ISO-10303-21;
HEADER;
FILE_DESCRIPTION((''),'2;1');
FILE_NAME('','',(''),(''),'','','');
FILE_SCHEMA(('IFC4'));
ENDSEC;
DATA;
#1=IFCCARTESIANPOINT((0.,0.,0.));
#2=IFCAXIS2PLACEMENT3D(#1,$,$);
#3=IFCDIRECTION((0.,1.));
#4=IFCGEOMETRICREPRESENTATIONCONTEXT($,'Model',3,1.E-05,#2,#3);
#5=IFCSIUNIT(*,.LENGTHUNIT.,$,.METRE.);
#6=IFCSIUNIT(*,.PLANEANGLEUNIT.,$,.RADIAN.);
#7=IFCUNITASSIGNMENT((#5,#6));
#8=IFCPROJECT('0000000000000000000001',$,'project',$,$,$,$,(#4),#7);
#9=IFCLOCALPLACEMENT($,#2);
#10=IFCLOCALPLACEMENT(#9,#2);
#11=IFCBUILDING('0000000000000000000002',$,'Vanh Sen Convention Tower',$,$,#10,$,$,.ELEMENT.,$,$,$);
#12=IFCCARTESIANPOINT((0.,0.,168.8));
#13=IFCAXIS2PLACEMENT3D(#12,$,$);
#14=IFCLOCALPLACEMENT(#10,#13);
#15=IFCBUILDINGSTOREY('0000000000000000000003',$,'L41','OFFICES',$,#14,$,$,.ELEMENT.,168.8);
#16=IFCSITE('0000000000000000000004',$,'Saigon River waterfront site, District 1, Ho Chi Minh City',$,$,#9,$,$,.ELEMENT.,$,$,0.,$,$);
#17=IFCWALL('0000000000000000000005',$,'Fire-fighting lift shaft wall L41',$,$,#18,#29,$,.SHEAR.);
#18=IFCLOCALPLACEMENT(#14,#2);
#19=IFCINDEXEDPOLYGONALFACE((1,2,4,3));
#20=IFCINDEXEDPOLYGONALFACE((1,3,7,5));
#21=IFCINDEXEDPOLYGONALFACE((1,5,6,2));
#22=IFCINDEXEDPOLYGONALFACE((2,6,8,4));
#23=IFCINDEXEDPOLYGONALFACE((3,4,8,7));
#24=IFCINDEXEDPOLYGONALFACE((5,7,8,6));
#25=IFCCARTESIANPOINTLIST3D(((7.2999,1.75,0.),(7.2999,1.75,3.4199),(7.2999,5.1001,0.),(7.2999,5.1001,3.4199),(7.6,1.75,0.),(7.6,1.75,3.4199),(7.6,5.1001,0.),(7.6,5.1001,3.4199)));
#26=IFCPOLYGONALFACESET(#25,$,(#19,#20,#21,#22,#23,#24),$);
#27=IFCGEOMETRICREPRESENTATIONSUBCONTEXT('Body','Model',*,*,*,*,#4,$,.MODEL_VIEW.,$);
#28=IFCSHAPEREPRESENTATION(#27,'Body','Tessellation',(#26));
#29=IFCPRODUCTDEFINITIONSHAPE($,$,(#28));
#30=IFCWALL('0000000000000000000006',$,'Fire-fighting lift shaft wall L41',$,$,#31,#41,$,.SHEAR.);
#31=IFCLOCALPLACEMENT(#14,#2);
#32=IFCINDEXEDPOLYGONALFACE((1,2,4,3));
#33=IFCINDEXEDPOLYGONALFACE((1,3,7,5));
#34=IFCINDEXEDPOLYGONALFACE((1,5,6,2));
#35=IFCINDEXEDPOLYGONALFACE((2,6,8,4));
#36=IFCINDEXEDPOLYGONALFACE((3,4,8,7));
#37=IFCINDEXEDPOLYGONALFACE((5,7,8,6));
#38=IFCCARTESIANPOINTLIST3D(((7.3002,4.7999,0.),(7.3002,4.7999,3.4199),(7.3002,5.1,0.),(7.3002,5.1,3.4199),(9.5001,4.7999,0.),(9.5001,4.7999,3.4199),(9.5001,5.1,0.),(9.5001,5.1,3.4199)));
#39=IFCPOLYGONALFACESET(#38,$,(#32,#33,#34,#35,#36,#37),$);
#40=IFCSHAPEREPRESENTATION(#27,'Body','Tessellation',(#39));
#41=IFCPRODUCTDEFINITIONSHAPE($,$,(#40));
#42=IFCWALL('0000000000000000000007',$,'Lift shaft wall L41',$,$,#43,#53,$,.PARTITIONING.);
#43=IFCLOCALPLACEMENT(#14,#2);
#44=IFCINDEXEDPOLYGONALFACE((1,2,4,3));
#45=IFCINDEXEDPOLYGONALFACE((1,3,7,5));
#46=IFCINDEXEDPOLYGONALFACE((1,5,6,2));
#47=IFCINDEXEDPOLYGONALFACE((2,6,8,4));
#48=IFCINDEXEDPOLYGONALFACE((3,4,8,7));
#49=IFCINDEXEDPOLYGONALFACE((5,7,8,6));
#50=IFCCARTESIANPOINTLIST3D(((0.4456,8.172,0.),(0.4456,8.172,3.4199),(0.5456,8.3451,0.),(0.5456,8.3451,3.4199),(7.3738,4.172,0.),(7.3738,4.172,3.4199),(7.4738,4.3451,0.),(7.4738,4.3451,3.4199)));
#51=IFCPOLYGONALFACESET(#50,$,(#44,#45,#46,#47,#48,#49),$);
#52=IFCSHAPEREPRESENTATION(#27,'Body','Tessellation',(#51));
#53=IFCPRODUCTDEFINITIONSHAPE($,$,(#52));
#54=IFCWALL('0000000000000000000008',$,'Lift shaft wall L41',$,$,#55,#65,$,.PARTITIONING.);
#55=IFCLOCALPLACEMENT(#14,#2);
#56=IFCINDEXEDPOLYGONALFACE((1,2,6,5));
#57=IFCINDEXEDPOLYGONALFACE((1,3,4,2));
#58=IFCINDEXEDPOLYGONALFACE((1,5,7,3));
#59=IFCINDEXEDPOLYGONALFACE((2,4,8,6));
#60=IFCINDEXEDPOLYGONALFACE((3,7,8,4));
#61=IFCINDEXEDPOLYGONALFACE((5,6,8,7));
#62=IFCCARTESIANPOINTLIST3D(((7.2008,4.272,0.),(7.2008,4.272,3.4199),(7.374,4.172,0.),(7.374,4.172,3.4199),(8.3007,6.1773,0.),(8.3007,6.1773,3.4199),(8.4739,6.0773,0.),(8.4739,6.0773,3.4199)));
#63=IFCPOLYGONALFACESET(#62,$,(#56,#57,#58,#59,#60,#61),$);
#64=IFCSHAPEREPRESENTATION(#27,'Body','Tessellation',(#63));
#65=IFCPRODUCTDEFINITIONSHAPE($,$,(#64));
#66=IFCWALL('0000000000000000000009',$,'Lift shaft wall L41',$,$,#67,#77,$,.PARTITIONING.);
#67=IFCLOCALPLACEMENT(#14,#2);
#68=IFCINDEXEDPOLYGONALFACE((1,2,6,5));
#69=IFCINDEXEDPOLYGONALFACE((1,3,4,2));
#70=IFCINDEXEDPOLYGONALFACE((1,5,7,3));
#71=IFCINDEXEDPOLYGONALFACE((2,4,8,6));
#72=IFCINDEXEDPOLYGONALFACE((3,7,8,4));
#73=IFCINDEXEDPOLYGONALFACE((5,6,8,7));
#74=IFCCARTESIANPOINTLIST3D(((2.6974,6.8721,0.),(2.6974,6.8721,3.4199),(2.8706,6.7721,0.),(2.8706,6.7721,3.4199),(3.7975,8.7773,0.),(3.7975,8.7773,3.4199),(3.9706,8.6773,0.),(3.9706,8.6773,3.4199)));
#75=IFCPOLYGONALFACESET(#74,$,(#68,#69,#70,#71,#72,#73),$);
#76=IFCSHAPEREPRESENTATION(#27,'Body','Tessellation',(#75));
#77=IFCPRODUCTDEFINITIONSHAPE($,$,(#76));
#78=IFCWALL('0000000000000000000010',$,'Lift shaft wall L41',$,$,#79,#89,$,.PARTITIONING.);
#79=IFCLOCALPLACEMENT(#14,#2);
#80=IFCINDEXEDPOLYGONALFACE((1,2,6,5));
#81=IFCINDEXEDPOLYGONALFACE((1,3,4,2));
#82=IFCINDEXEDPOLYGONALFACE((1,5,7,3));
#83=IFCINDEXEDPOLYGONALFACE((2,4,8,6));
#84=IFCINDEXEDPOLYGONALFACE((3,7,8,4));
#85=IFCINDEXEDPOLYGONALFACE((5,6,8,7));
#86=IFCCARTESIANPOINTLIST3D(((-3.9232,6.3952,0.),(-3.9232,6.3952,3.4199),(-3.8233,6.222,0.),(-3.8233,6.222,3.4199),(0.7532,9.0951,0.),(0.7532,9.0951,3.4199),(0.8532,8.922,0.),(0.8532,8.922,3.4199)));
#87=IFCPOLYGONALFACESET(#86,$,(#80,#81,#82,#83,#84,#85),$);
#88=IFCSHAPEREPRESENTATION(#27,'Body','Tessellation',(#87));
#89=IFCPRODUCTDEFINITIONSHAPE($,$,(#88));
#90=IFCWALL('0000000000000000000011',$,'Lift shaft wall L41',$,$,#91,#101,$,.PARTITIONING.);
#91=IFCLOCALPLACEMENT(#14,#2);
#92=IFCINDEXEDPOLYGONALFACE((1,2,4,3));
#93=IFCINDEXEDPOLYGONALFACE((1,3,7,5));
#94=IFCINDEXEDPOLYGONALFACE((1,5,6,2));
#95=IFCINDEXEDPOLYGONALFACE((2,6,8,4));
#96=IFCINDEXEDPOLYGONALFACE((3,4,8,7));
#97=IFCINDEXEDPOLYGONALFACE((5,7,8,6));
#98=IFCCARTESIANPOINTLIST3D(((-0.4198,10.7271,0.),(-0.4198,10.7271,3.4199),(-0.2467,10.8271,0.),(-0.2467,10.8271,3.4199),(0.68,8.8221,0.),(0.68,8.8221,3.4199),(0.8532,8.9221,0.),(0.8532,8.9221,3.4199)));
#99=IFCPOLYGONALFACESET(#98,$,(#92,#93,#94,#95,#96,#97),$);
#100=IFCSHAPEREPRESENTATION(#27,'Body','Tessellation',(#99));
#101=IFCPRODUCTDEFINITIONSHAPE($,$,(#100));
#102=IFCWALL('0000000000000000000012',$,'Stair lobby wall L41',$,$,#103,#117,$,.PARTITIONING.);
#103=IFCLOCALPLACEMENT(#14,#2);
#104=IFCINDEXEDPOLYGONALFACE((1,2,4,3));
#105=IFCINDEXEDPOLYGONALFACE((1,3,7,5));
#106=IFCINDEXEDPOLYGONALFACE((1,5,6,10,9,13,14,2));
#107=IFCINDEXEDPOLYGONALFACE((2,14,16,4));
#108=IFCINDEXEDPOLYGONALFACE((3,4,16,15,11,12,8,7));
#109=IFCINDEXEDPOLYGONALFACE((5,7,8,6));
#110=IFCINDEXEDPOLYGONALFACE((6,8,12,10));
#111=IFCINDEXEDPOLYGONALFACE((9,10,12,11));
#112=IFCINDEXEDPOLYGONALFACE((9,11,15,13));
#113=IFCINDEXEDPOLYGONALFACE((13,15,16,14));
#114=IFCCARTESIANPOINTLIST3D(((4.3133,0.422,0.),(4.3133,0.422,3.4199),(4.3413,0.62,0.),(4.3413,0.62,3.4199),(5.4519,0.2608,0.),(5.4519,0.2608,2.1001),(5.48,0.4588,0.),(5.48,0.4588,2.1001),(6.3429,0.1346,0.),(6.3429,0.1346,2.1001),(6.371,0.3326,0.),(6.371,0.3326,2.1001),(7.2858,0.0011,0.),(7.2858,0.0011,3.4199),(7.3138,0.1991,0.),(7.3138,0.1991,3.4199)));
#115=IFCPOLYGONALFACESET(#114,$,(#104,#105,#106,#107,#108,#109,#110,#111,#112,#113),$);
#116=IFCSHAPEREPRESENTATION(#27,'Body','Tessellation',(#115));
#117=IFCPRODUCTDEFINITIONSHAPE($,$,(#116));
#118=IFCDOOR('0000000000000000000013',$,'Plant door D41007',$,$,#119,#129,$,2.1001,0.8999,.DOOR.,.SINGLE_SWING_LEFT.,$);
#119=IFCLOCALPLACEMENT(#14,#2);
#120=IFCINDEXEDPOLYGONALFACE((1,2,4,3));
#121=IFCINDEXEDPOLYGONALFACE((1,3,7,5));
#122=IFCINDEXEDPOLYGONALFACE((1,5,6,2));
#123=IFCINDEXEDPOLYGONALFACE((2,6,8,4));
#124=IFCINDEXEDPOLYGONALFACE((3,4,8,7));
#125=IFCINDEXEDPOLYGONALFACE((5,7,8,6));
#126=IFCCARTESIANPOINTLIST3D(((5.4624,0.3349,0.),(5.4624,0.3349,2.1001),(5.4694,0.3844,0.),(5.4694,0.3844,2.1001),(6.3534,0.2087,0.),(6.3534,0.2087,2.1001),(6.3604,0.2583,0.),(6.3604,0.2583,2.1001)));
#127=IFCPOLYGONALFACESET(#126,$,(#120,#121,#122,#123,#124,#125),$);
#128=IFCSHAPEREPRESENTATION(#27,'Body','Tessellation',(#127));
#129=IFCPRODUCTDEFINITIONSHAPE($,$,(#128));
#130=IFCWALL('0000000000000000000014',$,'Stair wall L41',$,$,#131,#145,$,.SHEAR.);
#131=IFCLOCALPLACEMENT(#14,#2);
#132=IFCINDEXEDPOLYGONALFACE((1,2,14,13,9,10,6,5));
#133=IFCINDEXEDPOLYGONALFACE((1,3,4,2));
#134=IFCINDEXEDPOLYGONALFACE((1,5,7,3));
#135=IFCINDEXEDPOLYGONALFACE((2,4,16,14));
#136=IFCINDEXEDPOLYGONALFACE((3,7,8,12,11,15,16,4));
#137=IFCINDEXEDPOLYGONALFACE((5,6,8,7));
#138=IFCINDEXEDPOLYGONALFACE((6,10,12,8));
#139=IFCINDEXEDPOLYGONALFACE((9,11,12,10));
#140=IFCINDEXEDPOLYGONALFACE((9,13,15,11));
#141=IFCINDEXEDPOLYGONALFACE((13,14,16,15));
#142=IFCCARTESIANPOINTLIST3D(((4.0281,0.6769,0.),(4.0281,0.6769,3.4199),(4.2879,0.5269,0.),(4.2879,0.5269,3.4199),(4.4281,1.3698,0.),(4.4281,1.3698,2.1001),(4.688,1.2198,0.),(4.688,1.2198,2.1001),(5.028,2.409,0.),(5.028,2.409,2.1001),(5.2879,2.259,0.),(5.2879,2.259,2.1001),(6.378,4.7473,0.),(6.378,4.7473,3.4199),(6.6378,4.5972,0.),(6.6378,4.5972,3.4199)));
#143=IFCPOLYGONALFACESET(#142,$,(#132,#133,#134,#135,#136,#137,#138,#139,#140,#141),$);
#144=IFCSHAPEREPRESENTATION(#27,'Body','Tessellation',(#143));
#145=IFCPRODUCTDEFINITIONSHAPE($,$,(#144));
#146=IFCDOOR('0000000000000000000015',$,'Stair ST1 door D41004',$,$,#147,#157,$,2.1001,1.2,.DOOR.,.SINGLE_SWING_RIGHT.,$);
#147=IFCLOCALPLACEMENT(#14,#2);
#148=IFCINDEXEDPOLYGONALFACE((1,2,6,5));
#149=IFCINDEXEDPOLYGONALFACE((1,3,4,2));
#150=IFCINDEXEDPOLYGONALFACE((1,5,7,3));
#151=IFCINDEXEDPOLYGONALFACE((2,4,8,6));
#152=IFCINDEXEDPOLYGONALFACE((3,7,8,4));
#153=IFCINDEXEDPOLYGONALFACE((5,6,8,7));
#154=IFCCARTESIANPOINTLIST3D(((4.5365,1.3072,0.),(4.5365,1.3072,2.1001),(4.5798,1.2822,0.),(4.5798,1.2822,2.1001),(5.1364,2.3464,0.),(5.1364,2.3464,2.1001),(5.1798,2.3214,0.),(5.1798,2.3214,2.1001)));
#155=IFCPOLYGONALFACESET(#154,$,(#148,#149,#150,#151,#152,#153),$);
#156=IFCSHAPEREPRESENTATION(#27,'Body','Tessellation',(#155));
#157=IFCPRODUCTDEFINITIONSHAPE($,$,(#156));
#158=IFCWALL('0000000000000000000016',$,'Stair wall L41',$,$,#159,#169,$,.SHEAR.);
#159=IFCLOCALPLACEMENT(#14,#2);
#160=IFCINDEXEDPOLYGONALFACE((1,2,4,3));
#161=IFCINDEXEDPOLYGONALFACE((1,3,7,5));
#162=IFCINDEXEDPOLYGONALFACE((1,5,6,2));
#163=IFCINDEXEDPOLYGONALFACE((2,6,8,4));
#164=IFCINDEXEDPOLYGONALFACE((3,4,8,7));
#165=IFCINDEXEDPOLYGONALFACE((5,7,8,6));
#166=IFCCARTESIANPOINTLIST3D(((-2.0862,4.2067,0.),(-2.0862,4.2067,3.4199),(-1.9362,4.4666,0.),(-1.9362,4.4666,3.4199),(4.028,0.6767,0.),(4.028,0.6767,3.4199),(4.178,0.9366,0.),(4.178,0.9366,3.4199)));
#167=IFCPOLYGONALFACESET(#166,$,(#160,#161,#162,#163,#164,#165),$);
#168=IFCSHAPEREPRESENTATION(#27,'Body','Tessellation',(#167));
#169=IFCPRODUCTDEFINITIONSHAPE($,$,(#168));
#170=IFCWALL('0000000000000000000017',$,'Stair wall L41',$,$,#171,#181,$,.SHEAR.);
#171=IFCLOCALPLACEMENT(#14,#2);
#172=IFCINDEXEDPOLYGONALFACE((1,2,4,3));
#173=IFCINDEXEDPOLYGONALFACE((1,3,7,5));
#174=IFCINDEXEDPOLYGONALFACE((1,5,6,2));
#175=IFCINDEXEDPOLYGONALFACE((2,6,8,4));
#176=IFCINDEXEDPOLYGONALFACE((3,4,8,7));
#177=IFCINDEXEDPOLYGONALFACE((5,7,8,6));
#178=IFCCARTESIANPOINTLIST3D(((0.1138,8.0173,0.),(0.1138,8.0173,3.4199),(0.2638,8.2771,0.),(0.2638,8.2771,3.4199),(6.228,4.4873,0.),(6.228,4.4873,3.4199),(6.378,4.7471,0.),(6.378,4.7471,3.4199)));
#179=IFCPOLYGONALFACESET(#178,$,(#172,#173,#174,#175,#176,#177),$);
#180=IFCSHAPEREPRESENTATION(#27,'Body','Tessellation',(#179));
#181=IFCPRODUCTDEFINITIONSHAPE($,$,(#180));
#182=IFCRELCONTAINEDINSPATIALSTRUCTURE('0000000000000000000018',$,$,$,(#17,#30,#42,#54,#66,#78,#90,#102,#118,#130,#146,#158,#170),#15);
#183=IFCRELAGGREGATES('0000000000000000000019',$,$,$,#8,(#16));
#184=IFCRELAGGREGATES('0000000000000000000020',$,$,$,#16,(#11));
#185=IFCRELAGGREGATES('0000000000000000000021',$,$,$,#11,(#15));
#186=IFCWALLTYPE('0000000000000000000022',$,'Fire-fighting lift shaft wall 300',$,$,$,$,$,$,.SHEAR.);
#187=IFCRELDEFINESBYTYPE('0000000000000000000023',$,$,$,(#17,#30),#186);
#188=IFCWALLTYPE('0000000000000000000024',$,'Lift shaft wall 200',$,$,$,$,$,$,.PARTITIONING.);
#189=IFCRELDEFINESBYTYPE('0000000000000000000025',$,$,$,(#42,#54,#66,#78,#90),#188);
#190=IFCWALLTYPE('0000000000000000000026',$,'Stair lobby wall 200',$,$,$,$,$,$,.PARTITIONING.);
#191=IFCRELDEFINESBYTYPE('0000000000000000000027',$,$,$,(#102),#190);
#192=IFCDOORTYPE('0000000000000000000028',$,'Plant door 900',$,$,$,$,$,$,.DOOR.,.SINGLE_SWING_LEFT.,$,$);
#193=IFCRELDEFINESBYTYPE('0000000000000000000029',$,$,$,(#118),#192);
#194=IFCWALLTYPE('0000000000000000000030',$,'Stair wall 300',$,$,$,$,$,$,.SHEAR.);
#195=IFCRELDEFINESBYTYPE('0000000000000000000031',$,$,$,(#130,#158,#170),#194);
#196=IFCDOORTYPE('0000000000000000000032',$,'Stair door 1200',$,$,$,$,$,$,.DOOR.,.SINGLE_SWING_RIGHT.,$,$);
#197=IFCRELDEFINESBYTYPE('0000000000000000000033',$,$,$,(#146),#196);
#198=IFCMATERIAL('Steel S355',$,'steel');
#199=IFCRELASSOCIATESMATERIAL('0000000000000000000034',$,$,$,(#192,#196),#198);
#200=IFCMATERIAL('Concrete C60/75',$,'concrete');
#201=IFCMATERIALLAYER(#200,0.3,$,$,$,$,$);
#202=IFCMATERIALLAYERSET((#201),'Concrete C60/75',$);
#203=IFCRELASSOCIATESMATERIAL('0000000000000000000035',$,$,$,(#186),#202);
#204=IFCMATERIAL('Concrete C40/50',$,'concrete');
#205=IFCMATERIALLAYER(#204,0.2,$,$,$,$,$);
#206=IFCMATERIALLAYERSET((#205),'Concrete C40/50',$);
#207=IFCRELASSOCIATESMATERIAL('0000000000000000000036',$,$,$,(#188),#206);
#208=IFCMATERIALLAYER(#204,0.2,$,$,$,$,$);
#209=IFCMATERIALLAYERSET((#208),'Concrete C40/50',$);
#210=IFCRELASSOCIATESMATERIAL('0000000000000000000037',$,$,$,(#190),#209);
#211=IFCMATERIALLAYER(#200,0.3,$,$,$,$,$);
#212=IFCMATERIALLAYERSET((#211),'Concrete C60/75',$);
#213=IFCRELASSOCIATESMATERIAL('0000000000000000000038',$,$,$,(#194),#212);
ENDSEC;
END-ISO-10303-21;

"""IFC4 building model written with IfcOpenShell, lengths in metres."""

from ifc_helpers import new_model, si_unit, direction, frame, frame_2d, origin, place, context, subcontext, project, spatial, rectangle, extrude, material, layer, layer_set, type_object, element, fill, save


model = new_model("IFC4")

# Units and contexts
model_context = context("Model", 3, precision=1e-05, world=origin(), true_north=direction((0.0, 1.0)))
body_context = subcontext(model_context, "Body", "Model", "MODEL_VIEW")
ifc_project = project(units=[si_unit("LENGTHUNIT", "METRE"), si_unit("PLANEANGLEUNIT", "RADIAN")], contexts=[model_context])

# Site, building, storey
site_placement = place(None, origin())
site = spatial("IfcSite", under=ifc_project, at=site_placement, Name="Saigon River waterfront site, District 1, Ho Chi Minh City", CompositionType="ELEMENT", RefElevation=0.0)
building_placement = place(site_placement, origin())
building = spatial("IfcBuilding", under=site, at=building_placement, Name="Vanh Sen Convention Tower", CompositionType="ELEMENT")
storey_placement = place(building_placement, frame((0.0, 0.0, 168.8)))
storey = spatial("IfcBuildingStorey", under=building, at=storey_placement, Name="L41", Description="OFFICES", CompositionType="ELEMENT", Elevation=168.8)

# Shared definitions
ifc_material_1 = material(Name="Steel S355", Category="steel")
door_type_1 = type_object("IfcDoorType", Name="Plant door 900", OperationType="SINGLE_SWING_LEFT", PredefinedType="DOOR", material=ifc_material_1)

# Shared definitions
ifc_material_2 = material(Name="Concrete C60/75", Category="concrete")
ifc_layer_1 = layer(ifc_material_2, 0.3)
ifc_layer_set_1 = layer_set([ifc_layer_1], Name="Concrete C60/75")
wall_type_1 = type_object("IfcWallType", Name="Fire-fighting lift shaft wall 300", PredefinedType="SHEAR", material=ifc_layer_set_1)

# Walls
wall_1_placement = place(storey_placement, frame((7.45, 1.75, 0.0), z_axis=(0.0, 0.0, 1.0), x_axis=(0.0, 1.0, 0.0)))
element("IfcWall", 1, at=wall_1_placement, inside=storey, type_object=wall_type_1, Name="Fire-fighting lift shaft wall L41", PredefinedType="SHEAR", context=body_context, shape_type="SweptSolid", body=[
    extrude(rectangle(XDim=3.3501, YDim=0.3, at=frame_2d((1.675, 0.0))), origin(), (0.0, 0.0, 1.0), 3.4199),
])
wall_2_placement = place(storey_placement, frame((7.3, 4.95, 0.0), z_axis=(0.0, 0.0, 1.0), x_axis=(1.0, 0.0, 0.0)))
element("IfcWall", 2, at=wall_2_placement, inside=storey, type_object=wall_type_1, Name="Fire-fighting lift shaft wall L41", PredefinedType="SHEAR", context=body_context, shape_type="SweptSolid", body=[
    extrude(rectangle(XDim=2.2, YDim=0.3, at=frame_2d((1.1001, 0.0))), origin(), (0.0, 0.0, 1.0), 3.4199),
])
ifc_material_3 = material(Name="Concrete C40/50", Category="concrete")
ifc_layer_2 = layer(ifc_material_3, 0.2)
ifc_layer_set_2 = layer_set([ifc_layer_2], Name="Concrete C40/50")
wall_type_2 = type_object("IfcWallType", Name="Lift shaft wall 200", PredefinedType="PARTITIONING", material=ifc_layer_set_2)
wall_3_placement = place(storey_placement, frame((7.4238, 4.2585, 0.0), z_axis=(0.0, 0.0, 1.0), x_axis=(-0.866026, 0.499999, 0.0)))
element("IfcWall", 3, at=wall_3_placement, inside=storey, type_object=wall_type_2, Name="Lift shaft wall L41", PredefinedType="PARTITIONING", context=body_context, shape_type="SweptSolid", body=[
    extrude(rectangle(XDim=8.0, YDim=0.2, at=frame_2d((4.0, 0.0))), origin(), (0.0, 0.0, 1.0), 3.4199),
])
for number, where, z_axis, x_axis, name in (
    (4, (7.2874, 4.2219, 0.0), (0.0, 0.0, 1.0), (0.499947, 0.866056, 0.0), "Lift shaft wall L41"),
    (5, (2.7839, 6.822, 0.0), (0.0, 0.0, 1.0), (0.50003, 0.866008, 0.0), "Lift shaft wall L41"),
):
    element("IfcWall", number, at=place(storey_placement, frame(where, z_axis=z_axis, x_axis=x_axis)), inside=storey, type_object=wall_type_2, Name=name, PredefinedType="PARTITIONING", context=body_context, shape_type="SweptSolid", body=[
        extrude(rectangle(XDim=2.2, YDim=0.2, at=frame_2d((1.1001, 0.0))), origin(), (0.0, 0.0, 1.0), 3.4199),
    ])
wall_4_placement = place(storey_placement, frame((0.8032, 9.0085, 0.0), z_axis=(0.0, 0.0, 1.0), x_axis=(-0.866028, -0.499995, 0.0)))
element("IfcWall", 6, at=wall_4_placement, inside=storey, type_object=wall_type_2, Name="Lift shaft wall L41", PredefinedType="PARTITIONING", context=body_context, shape_type="SweptSolid", body=[
    extrude(rectangle(XDim=5.3999, YDim=0.2, at=frame_2d((2.7, 0.0))), origin(), (0.0, 0.0, 1.0), 3.4199),
])
wall_5_placement = place(storey_placement, frame((0.7666, 8.8721, 0.0), z_axis=(0.0, 0.0, 1.0), x_axis=(-0.499995, 0.866028, 0.0)))
element("IfcWall", 7, at=wall_5_placement, inside=storey, type_object=wall_type_2, Name="Lift shaft wall L41", PredefinedType="PARTITIONING", context=body_context, shape_type="SweptSolid", body=[
    extrude(rectangle(XDim=2.1997, YDim=0.2, at=frame_2d((1.0999, 0.0))), origin(), (0.0, 0.0, 1.0), 3.4199),
])

# Walls, openings, doors
ifc_layer_3 = layer(ifc_material_3, 0.2)
ifc_layer_set_3 = layer_set([ifc_layer_3], Name="Concrete C40/50")
wall_type_3 = type_object("IfcWallType", Name="Stair lobby wall 200", PredefinedType="PARTITIONING", material=ifc_layer_set_3)
wall_6_placement = place(storey_placement, frame((4.3274, 0.521, 0.0), z_axis=(0.0, 0.0, 1.0), x_axis=(0.990124, -0.140192, 0.0)))
wall_6 = element("IfcWall", 8, at=wall_6_placement, inside=storey, type_object=wall_type_3, Name="Stair lobby wall L41", PredefinedType="PARTITIONING", context=body_context, shape_type="SweptSolid", body=[
    extrude(rectangle(XDim=3.0022, YDim=0.2, at=frame_2d((1.501, 0.0))), origin(), (0.0, 0.0, 1.0), 3.4199),
])
opening_1_placement = place(wall_6_placement, frame((1.1499, 0.0, 0.0)))
opening_1 = element("IfcOpeningElement", 9, at=opening_1_placement, cuts=wall_6, PredefinedType="OPENING", context=body_context, shape_type="SweptSolid", body=[
    extrude(rectangle(XDim=0.8999, YDim=2.1001, at=frame_2d((0.45, 1.05))), frame((0.0, 0.1099, 0.0), z_axis=(0.0, -1.0, 0.0), x_axis=(1.0, 0.0, 0.0)), (0.0, 0.0, 1.0), 0.22),
])
door_1_placement = place(opening_1_placement, origin())
door_1 = element("IfcDoor", 10, at=door_1_placement, inside=storey, type_object=door_type_1, Name="Plant door D41007", OperationType="SINGLE_SWING_LEFT", OverallHeight=2.1001, OverallWidth=0.8999, PredefinedType="DOOR", context=body_context, shape_type="SweptSolid", body=[
    extrude(rectangle(XDim=0.8999, YDim=2.1001, at=frame_2d((0.45, 1.05))), frame((0.0, 0.0249, 0.0), z_axis=(0.0, -1.0, 0.0), x_axis=(1.0, 0.0, 0.0)), (0.0, 0.0, 1.0), 0.05),
])
fill(opening_1, door_1)
ifc_layer_4 = layer(ifc_material_2, 0.3)
ifc_layer_set_4 = layer_set([ifc_layer_4], Name="Concrete C60/75")
wall_type_4 = type_object("IfcWallType", Name="Stair wall 300", PredefinedType="SHEAR", material=ifc_layer_set_4)
wall_7_placement = place(storey_placement, frame((4.158, 0.6018, 0.0), z_axis=(0.0, 0.0, 1.0), x_axis=(0.499977, 0.866039, 0.0)))
wall_7 = element("IfcWall", 11, at=wall_7_placement, inside=storey, type_object=wall_type_4, Name="Stair wall L41", PredefinedType="SHEAR", context=body_context, shape_type="SweptSolid", body=[
    extrude(rectangle(XDim=4.7, YDim=0.3, at=frame_2d((2.3501, 0.0))), origin(), (0.0, 0.0, 1.0), 3.4199),
])
opening_2_placement = place(wall_7_placement, frame((0.8, 0.0, 0.0)))
opening_2 = element("IfcOpeningElement", 12, at=opening_2_placement, cuts=wall_7, PredefinedType="OPENING", context=body_context, shape_type="SweptSolid", body=[
    extrude(rectangle(XDim=1.2, YDim=2.1001, at=frame_2d((0.6001, 1.05))), frame((0.0, 0.1599, 0.0), z_axis=(0.0, -1.0, 0.0), x_axis=(1.0, 0.0, 0.0)), (0.0, 0.0, 1.0), 0.3201),
])
door_type_2 = type_object("IfcDoorType", Name="Stair door 1200", OperationType="SINGLE_SWING_RIGHT", PredefinedType="DOOR", material=ifc_material_1)
door_2_placement = place(opening_2_placement, origin())
door_2 = element("IfcDoor", 13, at=door_2_placement, inside=storey, type_object=door_type_2, Name="Stair ST1 door D41004", OperationType="SINGLE_SWING_RIGHT", OverallHeight=2.1001, OverallWidth=1.2, PredefinedType="DOOR", context=body_context, shape_type="SweptSolid", body=[
    extrude(rectangle(XDim=1.2, YDim=2.1001, at=frame_2d((0.6001, 1.05))), frame((0.0, 0.0249, 0.0), z_axis=(0.0, -1.0, 0.0), x_axis=(1.0, 0.0, 0.0)), (0.0, 0.0, 1.0), 0.05),
])
fill(opening_2, door_2)

# Walls
for number, where, z_axis, x_axis, name in (
    (14, (4.103, 0.8066, 0.0), (0.0, 0.0, 1.0), (-0.866028, 0.499996, 0.0), "Stair wall L41"),
    (15, (6.303, 4.6172, 0.0), (0.0, 0.0, 1.0), (-0.866028, 0.499996, 0.0), "Stair wall L41"),
):
    element("IfcWall", number, at=place(storey_placement, frame(where, z_axis=z_axis, x_axis=x_axis)), inside=storey, type_object=wall_type_4, Name=name, PredefinedType="SHEAR", context=body_context, shape_type="SweptSolid", body=[
        extrude(rectangle(XDim=7.0601, YDim=0.3, at=frame_2d((3.53, 0.0))), origin(), (0.0, 0.0, 1.0), 3.4199),
    ])

save(model, "model.ifc")
